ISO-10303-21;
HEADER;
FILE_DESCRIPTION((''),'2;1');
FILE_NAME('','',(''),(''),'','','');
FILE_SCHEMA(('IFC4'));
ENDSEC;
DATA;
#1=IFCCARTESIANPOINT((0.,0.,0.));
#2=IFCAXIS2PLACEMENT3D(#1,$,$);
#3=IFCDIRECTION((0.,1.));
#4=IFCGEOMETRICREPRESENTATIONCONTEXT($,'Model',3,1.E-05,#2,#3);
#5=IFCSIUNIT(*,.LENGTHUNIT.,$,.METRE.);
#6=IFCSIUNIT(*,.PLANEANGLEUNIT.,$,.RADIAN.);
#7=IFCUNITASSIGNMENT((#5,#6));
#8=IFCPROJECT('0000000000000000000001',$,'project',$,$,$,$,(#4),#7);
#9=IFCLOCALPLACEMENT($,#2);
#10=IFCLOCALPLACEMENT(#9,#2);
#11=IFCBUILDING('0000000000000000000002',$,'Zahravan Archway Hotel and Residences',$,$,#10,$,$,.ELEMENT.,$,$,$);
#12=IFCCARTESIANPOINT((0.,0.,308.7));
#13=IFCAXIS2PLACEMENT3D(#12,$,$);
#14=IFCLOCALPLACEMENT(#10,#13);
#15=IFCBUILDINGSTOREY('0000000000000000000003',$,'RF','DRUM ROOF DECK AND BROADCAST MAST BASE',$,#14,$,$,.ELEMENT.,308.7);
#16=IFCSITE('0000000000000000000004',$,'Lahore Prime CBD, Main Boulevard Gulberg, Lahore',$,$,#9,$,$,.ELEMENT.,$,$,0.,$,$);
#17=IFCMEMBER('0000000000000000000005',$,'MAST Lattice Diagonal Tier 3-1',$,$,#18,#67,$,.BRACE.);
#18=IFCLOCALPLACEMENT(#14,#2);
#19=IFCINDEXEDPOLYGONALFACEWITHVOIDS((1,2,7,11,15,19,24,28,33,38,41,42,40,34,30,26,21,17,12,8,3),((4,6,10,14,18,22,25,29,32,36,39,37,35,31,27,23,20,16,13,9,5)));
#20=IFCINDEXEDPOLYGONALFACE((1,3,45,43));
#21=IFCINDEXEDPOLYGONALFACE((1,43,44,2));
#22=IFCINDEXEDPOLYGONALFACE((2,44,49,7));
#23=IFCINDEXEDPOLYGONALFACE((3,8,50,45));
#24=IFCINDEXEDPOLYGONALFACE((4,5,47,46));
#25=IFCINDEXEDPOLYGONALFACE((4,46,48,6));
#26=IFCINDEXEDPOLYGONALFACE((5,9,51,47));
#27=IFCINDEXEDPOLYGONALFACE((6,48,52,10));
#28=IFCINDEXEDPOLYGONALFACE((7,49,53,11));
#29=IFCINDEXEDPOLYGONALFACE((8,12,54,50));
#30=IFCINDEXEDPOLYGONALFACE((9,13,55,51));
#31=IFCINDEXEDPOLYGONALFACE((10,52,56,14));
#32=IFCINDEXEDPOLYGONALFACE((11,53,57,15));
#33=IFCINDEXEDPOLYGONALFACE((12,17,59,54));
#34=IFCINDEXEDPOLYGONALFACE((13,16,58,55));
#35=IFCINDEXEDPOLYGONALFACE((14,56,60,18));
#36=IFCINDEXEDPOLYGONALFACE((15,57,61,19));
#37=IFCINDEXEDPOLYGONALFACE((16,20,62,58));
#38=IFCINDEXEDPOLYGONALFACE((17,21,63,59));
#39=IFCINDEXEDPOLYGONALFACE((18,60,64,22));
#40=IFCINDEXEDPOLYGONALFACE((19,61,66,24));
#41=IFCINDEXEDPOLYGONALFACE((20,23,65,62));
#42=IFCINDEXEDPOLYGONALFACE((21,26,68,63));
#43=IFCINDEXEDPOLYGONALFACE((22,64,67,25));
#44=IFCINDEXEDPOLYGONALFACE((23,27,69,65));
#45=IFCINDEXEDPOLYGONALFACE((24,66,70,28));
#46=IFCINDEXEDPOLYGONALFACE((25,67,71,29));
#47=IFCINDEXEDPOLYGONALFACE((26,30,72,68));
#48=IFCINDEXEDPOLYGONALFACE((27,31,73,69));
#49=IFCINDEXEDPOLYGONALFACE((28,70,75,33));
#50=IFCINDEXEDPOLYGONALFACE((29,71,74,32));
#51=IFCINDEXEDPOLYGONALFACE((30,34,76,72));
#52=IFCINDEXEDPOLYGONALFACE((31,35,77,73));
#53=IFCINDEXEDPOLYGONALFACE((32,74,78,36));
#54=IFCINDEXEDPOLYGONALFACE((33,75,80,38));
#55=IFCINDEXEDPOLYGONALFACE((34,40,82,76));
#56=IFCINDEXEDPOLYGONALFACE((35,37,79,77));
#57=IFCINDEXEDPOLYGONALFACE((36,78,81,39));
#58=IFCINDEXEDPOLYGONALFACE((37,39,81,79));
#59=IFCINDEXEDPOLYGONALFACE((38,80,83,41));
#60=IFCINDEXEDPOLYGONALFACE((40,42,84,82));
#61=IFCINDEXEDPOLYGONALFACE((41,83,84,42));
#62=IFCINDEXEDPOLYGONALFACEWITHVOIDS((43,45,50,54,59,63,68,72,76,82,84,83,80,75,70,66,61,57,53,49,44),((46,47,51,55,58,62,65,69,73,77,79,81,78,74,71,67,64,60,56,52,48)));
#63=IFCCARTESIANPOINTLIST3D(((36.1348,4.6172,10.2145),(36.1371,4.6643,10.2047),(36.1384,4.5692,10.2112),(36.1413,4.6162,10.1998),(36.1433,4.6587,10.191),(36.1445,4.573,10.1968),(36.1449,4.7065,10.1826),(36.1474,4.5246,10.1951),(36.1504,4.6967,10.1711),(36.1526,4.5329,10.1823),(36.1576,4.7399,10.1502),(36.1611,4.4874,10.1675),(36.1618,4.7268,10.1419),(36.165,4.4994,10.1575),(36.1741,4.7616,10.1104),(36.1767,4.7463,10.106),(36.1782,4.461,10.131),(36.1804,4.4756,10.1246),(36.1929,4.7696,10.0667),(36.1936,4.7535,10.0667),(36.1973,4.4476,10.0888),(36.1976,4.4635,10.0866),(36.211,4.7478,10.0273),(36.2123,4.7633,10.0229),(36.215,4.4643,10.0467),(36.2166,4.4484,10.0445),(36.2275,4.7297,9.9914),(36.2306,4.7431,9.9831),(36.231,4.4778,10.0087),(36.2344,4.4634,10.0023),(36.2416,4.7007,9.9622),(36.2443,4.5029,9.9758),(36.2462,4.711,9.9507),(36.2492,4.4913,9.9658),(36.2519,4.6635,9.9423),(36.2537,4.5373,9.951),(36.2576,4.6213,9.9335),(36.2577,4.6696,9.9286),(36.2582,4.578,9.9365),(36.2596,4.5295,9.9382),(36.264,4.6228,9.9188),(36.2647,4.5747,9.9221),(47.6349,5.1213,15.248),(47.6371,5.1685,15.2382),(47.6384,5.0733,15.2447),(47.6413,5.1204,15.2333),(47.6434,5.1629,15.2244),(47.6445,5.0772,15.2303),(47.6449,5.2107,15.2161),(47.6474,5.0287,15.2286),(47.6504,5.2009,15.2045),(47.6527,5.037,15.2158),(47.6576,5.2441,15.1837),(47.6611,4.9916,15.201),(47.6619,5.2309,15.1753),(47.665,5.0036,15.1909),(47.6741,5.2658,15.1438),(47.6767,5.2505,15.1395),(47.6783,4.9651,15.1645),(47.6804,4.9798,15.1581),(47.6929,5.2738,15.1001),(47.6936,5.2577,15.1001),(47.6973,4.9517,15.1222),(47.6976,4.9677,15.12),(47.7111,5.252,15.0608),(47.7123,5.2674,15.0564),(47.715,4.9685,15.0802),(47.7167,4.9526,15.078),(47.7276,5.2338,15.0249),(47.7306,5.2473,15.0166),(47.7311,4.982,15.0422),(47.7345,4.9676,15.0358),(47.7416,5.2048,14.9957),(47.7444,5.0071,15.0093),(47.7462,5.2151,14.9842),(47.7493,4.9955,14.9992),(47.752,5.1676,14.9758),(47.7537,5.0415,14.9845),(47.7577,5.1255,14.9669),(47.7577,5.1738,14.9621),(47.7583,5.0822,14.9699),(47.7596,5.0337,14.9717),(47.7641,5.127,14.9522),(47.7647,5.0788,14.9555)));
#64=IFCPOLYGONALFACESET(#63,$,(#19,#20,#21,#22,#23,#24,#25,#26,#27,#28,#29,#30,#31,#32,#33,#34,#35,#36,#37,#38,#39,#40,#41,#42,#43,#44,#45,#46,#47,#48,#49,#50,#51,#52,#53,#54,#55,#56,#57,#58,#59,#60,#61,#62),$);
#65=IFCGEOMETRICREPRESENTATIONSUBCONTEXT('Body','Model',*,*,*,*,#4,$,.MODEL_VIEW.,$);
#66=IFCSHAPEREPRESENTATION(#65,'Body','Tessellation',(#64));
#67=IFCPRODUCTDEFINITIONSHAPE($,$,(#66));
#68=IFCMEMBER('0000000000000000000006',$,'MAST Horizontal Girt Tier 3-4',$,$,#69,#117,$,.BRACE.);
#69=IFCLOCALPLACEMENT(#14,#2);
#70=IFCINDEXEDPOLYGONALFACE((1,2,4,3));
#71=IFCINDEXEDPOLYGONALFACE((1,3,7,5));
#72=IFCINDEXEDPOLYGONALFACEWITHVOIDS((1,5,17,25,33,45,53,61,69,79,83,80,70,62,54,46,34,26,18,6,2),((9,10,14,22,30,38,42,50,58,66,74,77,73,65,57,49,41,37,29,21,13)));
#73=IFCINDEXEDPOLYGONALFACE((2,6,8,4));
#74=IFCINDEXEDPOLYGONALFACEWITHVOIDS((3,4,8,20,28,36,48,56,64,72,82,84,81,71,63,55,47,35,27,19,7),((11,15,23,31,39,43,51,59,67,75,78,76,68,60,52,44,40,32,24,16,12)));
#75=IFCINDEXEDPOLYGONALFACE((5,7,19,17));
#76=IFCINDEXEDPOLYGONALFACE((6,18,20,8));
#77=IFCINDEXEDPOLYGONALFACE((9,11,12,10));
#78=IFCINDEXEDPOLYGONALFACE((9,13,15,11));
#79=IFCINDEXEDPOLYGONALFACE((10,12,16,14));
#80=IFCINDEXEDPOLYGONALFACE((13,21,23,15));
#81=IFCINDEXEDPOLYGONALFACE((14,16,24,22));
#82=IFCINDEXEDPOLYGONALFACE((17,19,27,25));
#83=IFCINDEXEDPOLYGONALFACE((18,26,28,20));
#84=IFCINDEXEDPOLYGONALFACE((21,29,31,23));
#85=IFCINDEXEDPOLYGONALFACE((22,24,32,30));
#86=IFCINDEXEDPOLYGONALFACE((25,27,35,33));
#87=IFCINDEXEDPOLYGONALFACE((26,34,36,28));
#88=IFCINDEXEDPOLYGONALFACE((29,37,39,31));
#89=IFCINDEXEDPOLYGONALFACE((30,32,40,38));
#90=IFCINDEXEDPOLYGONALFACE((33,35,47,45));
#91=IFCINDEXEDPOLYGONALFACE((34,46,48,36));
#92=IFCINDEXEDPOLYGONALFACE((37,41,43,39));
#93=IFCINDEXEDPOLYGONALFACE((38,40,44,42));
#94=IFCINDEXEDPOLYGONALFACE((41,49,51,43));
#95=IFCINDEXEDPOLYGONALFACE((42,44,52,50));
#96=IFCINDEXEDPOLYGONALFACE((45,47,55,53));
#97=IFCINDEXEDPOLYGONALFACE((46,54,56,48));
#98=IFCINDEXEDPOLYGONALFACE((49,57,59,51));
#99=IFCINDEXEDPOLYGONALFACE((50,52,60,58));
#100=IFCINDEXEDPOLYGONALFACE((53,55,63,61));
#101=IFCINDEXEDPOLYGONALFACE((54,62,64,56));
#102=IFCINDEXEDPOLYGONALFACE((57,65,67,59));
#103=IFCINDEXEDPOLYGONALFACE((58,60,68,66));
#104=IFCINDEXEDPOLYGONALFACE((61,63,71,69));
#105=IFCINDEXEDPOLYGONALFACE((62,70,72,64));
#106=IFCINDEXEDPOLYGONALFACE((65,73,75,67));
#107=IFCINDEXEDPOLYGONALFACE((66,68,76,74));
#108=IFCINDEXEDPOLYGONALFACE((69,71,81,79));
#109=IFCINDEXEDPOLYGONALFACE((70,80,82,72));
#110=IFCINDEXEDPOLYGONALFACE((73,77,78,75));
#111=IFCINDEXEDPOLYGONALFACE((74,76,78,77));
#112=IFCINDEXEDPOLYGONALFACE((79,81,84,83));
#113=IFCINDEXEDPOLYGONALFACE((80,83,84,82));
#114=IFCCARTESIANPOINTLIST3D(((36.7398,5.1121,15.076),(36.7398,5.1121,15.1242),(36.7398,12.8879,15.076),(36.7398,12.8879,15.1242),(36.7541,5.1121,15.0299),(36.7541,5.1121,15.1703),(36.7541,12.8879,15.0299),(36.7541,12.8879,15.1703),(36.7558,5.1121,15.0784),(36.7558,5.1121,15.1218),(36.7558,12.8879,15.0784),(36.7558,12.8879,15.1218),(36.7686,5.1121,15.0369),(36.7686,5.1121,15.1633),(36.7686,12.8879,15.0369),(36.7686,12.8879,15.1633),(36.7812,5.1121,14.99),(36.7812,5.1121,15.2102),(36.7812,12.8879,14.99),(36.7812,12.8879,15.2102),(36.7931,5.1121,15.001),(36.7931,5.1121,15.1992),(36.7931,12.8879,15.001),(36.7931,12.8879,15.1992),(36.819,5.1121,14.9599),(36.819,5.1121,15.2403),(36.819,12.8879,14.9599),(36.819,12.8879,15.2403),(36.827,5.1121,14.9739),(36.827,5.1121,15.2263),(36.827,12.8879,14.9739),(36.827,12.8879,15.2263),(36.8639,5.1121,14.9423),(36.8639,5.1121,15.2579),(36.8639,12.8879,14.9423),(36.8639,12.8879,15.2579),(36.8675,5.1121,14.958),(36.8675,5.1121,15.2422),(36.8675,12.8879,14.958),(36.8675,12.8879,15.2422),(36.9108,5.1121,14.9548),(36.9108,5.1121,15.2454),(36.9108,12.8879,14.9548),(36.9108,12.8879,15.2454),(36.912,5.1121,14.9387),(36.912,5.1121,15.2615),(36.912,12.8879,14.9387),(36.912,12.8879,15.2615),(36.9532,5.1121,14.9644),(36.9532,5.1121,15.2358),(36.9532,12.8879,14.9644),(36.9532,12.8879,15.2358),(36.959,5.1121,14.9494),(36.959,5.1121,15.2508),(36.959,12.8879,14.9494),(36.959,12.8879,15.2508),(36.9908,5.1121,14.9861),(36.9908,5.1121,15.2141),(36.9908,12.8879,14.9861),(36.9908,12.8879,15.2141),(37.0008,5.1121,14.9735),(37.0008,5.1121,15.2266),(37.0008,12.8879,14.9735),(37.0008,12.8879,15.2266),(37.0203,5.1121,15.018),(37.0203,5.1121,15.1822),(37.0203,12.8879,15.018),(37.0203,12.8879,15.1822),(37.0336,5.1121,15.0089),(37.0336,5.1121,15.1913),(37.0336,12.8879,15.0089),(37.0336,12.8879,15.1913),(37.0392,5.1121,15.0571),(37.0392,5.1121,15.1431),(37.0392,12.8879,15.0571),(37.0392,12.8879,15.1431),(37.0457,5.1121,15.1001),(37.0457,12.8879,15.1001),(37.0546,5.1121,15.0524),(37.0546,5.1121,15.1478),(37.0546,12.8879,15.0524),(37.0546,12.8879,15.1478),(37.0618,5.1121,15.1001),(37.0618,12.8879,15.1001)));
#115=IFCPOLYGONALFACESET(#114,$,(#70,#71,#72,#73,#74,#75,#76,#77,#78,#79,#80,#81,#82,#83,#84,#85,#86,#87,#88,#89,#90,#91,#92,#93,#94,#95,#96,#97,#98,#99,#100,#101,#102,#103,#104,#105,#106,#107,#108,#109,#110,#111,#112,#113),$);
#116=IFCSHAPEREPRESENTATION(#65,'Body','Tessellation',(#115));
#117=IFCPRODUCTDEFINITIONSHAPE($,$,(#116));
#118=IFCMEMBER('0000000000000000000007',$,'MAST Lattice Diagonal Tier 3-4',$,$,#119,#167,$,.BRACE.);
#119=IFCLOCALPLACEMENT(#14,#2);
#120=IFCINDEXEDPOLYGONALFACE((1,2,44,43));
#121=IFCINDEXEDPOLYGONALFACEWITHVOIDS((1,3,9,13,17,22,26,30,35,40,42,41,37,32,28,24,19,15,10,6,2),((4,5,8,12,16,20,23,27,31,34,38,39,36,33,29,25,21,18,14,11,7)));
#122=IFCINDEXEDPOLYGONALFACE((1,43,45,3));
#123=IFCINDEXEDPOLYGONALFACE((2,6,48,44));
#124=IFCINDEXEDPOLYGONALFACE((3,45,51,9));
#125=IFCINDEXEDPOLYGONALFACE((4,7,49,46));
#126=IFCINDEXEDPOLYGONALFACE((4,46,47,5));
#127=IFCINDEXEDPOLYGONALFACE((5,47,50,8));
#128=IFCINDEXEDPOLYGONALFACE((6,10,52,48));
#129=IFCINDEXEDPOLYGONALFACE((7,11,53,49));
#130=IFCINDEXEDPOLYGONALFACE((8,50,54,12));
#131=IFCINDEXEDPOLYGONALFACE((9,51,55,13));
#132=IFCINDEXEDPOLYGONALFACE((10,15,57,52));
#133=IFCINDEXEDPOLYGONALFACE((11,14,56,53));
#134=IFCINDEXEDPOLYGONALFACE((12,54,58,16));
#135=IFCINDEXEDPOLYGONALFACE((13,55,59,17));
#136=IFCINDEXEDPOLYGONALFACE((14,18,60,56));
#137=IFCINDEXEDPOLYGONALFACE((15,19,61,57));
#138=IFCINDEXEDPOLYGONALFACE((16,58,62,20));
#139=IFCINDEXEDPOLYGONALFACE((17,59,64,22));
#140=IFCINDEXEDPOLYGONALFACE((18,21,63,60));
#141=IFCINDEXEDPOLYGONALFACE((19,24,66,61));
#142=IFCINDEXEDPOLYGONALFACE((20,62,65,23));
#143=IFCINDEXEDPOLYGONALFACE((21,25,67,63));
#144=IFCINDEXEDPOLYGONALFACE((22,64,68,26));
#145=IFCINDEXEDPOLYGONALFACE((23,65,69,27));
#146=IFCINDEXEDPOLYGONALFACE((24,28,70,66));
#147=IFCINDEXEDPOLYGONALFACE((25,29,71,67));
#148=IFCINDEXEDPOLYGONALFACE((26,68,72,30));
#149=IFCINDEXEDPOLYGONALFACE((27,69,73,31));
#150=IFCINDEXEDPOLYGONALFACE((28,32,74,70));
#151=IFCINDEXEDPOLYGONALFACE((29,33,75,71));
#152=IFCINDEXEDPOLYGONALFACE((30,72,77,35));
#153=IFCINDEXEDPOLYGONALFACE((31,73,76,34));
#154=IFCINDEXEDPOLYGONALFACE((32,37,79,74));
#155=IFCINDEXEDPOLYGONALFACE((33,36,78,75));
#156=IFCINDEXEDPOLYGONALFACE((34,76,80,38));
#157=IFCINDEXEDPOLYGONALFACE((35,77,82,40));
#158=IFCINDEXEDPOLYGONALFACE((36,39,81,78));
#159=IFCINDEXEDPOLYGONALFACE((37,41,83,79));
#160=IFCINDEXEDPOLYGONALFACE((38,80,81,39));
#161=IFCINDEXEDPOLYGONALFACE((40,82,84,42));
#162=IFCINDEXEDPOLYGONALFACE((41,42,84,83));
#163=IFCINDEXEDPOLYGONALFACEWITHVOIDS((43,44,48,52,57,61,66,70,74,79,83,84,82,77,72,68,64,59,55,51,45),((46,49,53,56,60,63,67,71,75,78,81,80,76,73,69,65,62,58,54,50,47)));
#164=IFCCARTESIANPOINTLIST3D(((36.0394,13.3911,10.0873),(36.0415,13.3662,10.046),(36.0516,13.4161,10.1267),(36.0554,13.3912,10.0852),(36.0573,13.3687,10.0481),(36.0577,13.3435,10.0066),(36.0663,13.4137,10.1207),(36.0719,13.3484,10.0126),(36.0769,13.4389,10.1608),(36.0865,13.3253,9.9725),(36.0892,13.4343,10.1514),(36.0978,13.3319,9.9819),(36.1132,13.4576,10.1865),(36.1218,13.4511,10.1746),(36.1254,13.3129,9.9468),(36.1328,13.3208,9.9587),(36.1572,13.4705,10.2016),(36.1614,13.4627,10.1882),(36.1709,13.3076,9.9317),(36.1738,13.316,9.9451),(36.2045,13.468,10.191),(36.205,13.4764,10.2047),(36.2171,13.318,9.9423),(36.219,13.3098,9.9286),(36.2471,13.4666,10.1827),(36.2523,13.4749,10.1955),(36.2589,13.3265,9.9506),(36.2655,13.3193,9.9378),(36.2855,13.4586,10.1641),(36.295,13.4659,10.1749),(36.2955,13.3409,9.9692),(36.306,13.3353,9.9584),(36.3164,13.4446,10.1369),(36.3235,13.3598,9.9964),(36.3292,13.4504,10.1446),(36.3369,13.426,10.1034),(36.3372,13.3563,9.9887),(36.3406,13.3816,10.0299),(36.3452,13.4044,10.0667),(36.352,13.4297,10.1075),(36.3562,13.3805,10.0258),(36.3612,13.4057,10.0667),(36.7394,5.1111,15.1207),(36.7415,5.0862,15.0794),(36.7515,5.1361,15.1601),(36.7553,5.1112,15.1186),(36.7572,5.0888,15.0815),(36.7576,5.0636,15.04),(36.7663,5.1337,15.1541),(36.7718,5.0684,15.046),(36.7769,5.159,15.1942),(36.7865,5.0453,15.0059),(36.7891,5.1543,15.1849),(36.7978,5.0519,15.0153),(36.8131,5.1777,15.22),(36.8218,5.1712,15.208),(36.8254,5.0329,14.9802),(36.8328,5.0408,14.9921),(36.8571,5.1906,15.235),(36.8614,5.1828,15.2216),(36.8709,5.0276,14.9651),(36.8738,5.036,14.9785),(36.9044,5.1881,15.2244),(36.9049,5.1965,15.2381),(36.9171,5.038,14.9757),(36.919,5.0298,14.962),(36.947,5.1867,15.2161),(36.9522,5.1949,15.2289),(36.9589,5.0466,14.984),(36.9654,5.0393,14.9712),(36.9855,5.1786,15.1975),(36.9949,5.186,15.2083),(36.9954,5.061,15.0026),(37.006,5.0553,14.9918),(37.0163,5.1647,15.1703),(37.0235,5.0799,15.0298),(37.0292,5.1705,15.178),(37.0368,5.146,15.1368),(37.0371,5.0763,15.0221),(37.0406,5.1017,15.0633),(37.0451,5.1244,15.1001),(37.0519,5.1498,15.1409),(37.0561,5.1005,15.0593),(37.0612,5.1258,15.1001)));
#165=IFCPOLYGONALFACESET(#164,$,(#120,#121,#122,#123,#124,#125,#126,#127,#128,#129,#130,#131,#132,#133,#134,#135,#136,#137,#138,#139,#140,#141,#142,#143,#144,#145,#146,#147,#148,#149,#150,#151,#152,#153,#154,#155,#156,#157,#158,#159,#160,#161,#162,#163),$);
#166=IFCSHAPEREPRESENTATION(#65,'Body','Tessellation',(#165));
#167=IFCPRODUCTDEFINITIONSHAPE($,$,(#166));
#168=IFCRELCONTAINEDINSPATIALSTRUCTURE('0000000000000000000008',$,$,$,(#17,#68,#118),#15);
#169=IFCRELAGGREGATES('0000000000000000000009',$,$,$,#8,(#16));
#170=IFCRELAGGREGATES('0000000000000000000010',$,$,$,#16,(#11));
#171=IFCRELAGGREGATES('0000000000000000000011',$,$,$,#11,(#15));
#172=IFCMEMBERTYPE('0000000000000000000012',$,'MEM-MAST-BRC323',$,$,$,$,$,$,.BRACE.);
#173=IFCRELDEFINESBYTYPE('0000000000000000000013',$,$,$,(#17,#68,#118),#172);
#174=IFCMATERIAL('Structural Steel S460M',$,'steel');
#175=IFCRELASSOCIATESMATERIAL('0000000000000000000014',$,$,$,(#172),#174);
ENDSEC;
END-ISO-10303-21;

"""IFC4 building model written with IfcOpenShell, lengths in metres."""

from ifc_helpers import new_model, si_unit, direction, frame, origin, origin_2d, place, context, subcontext, project, spatial, hollow_circle, extrude, source, transform, mapped, material, material_profile, profile_set, type_object, element, save


model = new_model("IFC4")

# Units and contexts
model_context = context("Model", 3, precision=1e-05, world=origin(), true_north=direction((0.0, 1.0)))
body_context = subcontext(model_context, "Body", "Model", "MODEL_VIEW")
ifc_project = project(units=[si_unit("LENGTHUNIT", "METRE"), si_unit("PLANEANGLEUNIT", "RADIAN")], contexts=[model_context])

# Site, building, storey
site_placement = place(None, origin())
site = spatial("IfcSite", under=ifc_project, at=site_placement, Name="Lahore Prime CBD, Main Boulevard Gulberg, Lahore", CompositionType="ELEMENT", RefElevation=0.0)
building_placement = place(site_placement, origin())
building = spatial("IfcBuilding", under=site, at=building_placement, Name="Zahravan Archway Hotel and Residences", CompositionType="ELEMENT")
storey_placement = place(building_placement, frame((0.0, 0.0, 308.7)))
storey = spatial("IfcBuildingStorey", under=building, at=storey_placement, Name="RF", Description="DRUM ROOF DECK AND BROADCAST MAST BASE", CompositionType="ELEMENT", Elevation=308.7)

# Members
ifc_material_1 = material(Name="Structural Steel S460M", Category="steel")
ifc_material_profile_1 = material_profile(ifc_material_1, hollow_circle(Radius=0.1619, WallThickness=0.0161, at=origin_2d()), Name="CHS 323.9x16", Category="steel")
ifc_profile_set_1 = profile_set([ifc_material_profile_1], Name="Structural Steel S460M")
member_type_1 = type_object("IfcMemberType", Name="MEM-MAST-BRC323", PredefinedType="BRACE", material=ifc_profile_set_1)
shared_shape_1 = source(origin(), body_context, "Body", "SweptSolid", [
    extrude(hollow_circle(Radius=0.1619, WallThickness=0.0161, at=origin_2d()), origin(), (0.0, 0.0, 1.0), 12.5635),
])
member_1_placement = place(storey_placement, frame((36.2, 4.6079, 10.0667), z_axis=(0.915355, 0.040128, 0.400643), x_axis=(-0.043797, 0.99904, 0.0)))
element("IfcMember", 1, at=member_1_placement, inside=storey, type_object=member_type_1, Name="MAST Lattice Diagonal Tier 3-1", PredefinedType="BRACE", context=body_context, shape_type="MappedRepresentation", body=[
    mapped(shared_shape_1, transform((0.0, 0.0, 0.0), scale=1.0)),
])
shared_shape_2 = source(origin(), body_context, "Body", "SweptSolid", [
    extrude(hollow_circle(Radius=0.1619, WallThickness=0.0161, at=origin_2d()), origin(), (0.0, 0.0, 1.0), 7.7759),
])
member_2_placement = place(storey_placement, frame((36.8999, 12.8879, 15.1001), z_axis=(0.0, -1.0, 0.0), x_axis=(1.0, 0.0, 0.0)))
element("IfcMember", 2, at=member_2_placement, inside=storey, type_object=member_type_1, Name="MAST Horizontal Girt Tier 3-4", PredefinedType="BRACE", context=body_context, shape_type="MappedRepresentation", body=[
    mapped(shared_shape_2, transform((0.0, 0.0, 0.0), scale=1.0)),
])
shared_shape_3 = source(origin(), body_context, "Body", "SweptSolid", [
    extrude(hollow_circle(Radius=0.1619, WallThickness=0.0161, at=origin_2d()), origin(), (0.0, 0.0, 1.0), 9.7151),
])
member_3_placement = place(storey_placement, frame((36.2, 13.3921, 10.0667), z_axis=(0.072047, -0.852279, 0.518102), x_axis=(0.996446, 0.084234, 0.0)))
element("IfcMember", 3, at=member_3_placement, inside=storey, type_object=member_type_1, Name="MAST Lattice Diagonal Tier 3-4", PredefinedType="BRACE", context=body_context, shape_type="MappedRepresentation", body=[
    mapped(shared_shape_3, transform((0.0, 0.0, 0.0), scale=1.0)),
])

save(model, "model.ifc")
